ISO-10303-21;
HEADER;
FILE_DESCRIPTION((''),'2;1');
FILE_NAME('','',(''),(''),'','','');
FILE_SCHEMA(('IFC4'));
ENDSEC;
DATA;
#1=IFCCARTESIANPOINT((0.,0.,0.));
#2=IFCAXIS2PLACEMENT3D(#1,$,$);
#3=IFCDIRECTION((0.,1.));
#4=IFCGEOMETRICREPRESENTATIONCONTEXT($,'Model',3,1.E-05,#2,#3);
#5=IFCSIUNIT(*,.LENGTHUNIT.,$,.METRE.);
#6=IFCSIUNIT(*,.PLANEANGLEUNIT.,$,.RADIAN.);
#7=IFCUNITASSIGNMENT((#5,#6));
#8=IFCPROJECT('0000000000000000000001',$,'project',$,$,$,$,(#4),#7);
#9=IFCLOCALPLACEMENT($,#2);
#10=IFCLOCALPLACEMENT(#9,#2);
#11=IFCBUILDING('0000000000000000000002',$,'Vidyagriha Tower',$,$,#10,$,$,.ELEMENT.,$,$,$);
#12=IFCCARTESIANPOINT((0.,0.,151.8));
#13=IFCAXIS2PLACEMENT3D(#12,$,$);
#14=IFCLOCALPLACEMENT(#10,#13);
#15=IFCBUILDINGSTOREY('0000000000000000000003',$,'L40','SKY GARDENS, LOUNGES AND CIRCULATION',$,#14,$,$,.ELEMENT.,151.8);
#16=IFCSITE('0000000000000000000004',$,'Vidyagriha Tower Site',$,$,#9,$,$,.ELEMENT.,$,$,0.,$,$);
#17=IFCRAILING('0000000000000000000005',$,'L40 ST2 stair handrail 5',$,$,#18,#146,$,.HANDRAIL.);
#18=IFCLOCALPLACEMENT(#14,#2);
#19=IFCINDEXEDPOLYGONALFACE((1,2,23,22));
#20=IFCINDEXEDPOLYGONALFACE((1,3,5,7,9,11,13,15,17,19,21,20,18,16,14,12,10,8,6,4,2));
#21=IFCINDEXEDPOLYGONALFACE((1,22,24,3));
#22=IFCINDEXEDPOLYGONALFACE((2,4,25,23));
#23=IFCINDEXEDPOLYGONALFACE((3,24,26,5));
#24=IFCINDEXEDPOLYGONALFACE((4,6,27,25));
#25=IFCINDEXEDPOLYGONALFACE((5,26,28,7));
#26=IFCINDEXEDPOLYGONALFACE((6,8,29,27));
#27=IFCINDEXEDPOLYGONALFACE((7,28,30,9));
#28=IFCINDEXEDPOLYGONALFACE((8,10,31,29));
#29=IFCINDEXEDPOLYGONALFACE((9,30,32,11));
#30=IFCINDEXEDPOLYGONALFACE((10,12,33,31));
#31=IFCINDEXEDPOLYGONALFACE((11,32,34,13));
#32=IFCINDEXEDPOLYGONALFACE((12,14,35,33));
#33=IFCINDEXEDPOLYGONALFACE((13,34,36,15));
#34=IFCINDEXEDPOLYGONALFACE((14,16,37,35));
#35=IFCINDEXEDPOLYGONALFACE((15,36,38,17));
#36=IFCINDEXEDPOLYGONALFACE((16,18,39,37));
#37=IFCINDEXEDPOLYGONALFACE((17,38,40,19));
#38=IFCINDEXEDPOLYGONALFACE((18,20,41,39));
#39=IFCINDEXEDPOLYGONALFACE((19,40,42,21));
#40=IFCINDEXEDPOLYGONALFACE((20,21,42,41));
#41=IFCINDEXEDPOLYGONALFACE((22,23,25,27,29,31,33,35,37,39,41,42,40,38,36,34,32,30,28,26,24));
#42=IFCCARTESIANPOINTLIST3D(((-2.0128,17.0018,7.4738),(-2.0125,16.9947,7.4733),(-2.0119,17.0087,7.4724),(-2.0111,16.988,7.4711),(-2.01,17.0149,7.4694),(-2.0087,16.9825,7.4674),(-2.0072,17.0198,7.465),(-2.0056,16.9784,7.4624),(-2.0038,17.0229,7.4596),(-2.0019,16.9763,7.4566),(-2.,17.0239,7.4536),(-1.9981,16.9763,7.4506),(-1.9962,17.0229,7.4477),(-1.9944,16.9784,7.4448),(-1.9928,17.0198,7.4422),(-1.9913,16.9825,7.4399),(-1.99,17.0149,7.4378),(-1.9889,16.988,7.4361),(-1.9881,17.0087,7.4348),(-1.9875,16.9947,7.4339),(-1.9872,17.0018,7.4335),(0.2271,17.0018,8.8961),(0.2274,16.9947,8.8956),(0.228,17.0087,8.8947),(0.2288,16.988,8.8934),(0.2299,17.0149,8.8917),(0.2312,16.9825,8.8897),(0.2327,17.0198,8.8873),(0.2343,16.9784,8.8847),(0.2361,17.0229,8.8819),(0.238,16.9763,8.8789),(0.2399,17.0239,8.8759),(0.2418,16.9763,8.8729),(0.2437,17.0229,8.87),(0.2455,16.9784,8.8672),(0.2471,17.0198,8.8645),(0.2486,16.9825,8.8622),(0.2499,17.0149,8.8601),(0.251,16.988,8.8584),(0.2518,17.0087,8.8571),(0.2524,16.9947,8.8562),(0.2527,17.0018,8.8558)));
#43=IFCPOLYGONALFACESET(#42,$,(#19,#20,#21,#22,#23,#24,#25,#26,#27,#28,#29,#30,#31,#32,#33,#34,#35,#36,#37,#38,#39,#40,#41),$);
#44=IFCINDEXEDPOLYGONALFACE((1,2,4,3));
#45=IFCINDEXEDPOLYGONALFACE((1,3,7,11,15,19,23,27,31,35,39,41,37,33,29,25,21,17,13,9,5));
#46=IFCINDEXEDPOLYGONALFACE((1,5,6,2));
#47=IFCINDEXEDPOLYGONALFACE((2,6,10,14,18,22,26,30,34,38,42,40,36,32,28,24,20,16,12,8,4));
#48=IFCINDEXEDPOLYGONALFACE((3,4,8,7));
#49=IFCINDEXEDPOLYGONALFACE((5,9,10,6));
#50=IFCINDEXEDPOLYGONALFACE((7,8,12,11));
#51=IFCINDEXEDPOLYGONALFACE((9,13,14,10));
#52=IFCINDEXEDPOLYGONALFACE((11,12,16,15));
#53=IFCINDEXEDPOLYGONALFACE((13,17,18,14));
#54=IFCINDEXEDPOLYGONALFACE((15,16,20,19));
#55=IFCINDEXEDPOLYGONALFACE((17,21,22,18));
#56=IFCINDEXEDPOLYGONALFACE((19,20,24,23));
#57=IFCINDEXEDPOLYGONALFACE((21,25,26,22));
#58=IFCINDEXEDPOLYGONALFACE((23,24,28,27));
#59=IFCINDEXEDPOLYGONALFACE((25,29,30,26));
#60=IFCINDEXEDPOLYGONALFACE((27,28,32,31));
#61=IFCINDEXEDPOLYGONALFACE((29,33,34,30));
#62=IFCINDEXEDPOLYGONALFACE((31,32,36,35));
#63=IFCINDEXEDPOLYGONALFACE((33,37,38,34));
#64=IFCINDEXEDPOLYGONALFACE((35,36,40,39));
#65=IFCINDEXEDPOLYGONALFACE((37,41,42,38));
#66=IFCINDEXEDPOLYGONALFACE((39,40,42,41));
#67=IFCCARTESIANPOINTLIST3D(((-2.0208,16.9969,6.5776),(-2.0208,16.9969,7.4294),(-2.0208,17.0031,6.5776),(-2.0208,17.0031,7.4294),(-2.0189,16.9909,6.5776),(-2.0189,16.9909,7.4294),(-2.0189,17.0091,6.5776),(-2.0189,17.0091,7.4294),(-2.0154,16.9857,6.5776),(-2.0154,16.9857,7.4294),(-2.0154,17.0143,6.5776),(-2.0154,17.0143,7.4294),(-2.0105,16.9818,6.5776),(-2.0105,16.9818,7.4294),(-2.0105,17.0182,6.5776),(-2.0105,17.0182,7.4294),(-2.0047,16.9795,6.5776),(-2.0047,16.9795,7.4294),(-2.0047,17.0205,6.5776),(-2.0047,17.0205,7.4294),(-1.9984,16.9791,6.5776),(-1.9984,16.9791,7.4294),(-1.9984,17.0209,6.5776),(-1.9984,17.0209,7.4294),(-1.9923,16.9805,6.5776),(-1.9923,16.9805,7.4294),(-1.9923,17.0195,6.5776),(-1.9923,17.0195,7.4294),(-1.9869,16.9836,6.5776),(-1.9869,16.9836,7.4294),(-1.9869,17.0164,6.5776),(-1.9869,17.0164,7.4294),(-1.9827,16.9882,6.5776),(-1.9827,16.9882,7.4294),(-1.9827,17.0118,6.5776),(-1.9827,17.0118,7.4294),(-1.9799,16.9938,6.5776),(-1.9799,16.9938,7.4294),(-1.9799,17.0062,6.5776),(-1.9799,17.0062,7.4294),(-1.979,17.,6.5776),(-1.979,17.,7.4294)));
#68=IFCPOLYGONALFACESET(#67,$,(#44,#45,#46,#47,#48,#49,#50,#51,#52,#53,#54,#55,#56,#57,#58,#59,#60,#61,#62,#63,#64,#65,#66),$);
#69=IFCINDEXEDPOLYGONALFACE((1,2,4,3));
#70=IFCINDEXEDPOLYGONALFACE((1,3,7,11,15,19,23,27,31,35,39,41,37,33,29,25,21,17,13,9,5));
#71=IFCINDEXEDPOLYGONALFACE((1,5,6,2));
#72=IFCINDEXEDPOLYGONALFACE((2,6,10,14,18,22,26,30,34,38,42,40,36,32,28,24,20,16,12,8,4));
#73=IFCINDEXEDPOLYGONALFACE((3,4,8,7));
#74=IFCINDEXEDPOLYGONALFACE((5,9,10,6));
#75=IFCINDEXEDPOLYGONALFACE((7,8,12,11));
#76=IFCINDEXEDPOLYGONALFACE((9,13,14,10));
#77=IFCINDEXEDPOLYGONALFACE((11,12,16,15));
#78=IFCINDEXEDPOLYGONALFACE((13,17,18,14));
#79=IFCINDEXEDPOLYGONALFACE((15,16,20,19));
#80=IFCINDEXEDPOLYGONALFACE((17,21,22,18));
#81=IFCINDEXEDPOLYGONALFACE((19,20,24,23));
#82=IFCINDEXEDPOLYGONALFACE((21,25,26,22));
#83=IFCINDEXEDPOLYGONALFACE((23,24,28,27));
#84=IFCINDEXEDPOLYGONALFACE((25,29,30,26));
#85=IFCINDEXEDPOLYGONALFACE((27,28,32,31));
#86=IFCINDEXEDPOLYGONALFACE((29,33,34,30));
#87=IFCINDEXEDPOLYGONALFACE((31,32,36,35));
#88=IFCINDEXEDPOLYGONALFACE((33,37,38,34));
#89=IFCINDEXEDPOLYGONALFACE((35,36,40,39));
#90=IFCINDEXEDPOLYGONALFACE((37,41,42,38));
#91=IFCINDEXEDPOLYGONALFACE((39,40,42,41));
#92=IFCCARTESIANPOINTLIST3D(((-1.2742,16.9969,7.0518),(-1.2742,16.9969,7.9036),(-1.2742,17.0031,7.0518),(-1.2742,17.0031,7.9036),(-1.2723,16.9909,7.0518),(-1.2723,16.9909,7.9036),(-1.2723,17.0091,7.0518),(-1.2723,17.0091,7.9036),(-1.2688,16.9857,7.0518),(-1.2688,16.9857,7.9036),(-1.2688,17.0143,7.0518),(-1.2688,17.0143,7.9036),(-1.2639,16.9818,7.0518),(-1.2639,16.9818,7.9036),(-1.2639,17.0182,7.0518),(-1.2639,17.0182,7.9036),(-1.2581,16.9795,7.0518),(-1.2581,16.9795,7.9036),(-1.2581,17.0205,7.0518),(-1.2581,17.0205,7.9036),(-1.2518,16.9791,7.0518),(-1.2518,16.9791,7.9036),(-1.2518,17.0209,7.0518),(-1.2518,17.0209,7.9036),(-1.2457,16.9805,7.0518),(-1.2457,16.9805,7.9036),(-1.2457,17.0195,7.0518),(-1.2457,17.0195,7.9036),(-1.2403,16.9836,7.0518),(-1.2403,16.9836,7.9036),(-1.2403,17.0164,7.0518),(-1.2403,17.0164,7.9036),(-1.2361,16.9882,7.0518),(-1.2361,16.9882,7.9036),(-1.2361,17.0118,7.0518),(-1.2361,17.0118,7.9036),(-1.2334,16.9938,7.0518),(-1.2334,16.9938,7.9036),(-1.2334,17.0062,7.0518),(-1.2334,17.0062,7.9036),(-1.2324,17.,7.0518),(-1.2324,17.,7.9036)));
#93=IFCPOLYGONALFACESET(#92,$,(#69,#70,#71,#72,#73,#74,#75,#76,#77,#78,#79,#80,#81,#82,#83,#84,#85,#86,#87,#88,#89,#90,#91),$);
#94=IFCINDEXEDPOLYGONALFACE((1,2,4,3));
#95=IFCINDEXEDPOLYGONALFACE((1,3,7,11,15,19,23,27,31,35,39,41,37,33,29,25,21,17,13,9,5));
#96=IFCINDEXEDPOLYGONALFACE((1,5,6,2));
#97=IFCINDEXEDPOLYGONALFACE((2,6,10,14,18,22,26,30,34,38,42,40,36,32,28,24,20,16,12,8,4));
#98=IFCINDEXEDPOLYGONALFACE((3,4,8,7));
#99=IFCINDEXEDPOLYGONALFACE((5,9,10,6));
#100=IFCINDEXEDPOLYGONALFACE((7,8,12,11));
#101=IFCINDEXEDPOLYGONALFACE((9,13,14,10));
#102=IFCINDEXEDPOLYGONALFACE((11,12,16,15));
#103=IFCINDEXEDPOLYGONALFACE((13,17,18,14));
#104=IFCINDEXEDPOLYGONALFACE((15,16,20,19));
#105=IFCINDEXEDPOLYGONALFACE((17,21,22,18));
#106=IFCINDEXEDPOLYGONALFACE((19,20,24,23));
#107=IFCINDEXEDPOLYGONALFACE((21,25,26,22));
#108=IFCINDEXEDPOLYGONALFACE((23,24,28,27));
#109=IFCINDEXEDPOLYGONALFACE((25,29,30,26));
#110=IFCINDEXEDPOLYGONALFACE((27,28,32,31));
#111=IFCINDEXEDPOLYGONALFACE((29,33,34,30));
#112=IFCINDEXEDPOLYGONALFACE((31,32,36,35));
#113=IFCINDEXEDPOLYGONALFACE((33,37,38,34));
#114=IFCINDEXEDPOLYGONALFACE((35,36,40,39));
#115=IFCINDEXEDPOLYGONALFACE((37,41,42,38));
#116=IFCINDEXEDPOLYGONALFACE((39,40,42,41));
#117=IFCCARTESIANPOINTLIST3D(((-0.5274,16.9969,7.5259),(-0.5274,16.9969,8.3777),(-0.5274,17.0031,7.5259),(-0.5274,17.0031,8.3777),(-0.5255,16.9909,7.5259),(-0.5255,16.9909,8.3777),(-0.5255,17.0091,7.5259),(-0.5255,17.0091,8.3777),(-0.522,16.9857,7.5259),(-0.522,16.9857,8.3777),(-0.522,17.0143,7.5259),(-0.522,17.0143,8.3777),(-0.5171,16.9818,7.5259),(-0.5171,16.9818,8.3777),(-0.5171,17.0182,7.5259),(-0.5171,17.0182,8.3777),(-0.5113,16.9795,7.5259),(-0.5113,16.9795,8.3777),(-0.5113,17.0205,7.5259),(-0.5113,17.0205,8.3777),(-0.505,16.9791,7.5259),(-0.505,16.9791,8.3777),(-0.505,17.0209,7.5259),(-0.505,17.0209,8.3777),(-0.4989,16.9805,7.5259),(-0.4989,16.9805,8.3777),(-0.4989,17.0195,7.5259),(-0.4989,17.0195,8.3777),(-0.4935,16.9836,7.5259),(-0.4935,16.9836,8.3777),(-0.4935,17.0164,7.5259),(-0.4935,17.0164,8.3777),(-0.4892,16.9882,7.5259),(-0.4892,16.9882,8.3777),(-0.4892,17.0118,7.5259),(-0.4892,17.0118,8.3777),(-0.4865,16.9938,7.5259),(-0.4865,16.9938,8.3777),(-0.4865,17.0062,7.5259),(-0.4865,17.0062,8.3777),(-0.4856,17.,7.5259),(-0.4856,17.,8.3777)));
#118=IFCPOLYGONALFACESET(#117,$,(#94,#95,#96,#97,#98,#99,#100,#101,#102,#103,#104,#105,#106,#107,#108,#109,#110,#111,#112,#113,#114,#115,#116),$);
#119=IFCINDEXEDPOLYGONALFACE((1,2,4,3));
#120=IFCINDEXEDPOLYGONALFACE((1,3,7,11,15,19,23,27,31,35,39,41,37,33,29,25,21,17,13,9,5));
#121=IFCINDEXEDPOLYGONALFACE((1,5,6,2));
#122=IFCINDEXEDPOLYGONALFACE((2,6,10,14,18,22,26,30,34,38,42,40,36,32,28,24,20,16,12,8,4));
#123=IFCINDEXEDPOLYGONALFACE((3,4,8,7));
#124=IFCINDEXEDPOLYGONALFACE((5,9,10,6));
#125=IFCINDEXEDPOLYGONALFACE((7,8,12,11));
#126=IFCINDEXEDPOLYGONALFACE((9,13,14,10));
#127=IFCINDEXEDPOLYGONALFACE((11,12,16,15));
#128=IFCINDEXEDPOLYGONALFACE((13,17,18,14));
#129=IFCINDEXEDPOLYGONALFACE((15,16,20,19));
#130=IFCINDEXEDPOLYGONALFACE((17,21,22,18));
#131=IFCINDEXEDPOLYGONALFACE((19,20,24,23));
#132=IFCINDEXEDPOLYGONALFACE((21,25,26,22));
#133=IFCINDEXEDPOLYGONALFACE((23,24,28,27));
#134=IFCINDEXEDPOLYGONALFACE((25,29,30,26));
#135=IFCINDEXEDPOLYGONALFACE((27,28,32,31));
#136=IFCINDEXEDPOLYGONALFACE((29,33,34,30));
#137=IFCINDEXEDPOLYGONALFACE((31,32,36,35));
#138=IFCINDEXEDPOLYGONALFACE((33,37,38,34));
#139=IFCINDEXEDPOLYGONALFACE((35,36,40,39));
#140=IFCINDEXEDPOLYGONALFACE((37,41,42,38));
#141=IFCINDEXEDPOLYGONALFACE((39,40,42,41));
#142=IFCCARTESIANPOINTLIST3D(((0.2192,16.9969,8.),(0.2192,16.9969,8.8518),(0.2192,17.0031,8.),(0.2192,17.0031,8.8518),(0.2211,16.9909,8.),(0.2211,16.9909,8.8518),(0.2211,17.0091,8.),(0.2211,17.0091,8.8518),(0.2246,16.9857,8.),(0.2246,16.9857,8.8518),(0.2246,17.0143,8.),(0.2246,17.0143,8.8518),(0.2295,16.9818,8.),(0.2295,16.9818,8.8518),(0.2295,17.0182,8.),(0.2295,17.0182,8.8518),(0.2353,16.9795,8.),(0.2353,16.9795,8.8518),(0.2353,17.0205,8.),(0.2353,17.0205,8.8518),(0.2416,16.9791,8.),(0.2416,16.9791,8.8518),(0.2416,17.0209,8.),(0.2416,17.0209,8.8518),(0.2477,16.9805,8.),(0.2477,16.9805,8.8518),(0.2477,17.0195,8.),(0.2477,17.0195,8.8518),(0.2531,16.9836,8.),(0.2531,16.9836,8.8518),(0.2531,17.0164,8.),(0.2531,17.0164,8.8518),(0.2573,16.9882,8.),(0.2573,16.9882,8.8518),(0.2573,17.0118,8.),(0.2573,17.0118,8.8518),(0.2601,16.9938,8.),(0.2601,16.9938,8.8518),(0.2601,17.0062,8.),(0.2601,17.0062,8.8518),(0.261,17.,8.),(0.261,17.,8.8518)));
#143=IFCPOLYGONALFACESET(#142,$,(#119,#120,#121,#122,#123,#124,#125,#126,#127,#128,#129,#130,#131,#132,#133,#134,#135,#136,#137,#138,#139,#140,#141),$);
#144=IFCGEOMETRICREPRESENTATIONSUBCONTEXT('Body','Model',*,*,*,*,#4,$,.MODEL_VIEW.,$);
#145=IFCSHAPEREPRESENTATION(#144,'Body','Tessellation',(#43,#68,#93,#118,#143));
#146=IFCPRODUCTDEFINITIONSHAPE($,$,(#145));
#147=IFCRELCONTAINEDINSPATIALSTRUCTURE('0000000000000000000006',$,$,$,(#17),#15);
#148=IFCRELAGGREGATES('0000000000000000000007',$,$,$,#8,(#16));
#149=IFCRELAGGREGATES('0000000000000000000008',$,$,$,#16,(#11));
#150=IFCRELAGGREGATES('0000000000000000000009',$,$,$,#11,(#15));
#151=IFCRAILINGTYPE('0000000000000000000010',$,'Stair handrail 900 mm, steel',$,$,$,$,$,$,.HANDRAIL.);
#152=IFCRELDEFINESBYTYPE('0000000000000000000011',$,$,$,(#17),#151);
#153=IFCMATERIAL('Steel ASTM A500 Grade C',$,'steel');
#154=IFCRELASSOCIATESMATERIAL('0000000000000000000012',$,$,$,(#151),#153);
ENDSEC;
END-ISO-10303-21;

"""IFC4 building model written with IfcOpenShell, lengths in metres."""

from ifc_helpers import new_model, si_unit, direction, frame, origin, origin_2d, place, context, subcontext, project, spatial, circle, extrude, material, type_object, element, save


model = new_model("IFC4")

# Units and contexts
model_context = context("Model", 3, precision=1e-05, world=origin(), true_north=direction((0.0, 1.0)))
body_context = subcontext(model_context, "Body", "Model", "MODEL_VIEW")
ifc_project = project(units=[si_unit("LENGTHUNIT", "METRE"), si_unit("PLANEANGLEUNIT", "RADIAN")], contexts=[model_context])

# Site, building, storey
site_placement = place(None, origin())
site = spatial("IfcSite", under=ifc_project, at=site_placement, Name="Vidyagriha Tower Site", CompositionType="ELEMENT", RefElevation=0.0)
building_placement = place(site_placement, origin())
building = spatial("IfcBuilding", under=site, at=building_placement, Name="Vidyagriha Tower", CompositionType="ELEMENT")
storey_placement = place(building_placement, frame((0.0, 0.0, 151.8)))
storey = spatial("IfcBuildingStorey", under=building, at=storey_placement, Name="L40", Description="SKY GARDENS, LOUNGES AND CIRCULATION", CompositionType="ELEMENT", Elevation=151.8)

# Railing
ifc_material_1 = material(Name="Steel ASTM A500 Grade C", Category="steel")
railing_type = type_object("IfcRailingType", Name="Stair handrail 900 mm, steel", PredefinedType="HANDRAIL", material=ifc_material_1)
for number, where, name in (
    (1, (-2.0, 17.0, 6.5776), "L40 ST2 stair handrail 5"),
):
    element("IfcRailing", number, at=place(storey_placement, frame(where)), inside=storey, type_object=railing_type, Name=name, PredefinedType="HANDRAIL", context=body_context, shape_type="SweptSolid", body=[
        extrude(circle(Radius=0.0239, at=origin_2d()), frame((0.0, 0.0, 0.876), z_axis=(0.844188, 0.0, 0.536048), x_axis=(0.0, 1.0, 0.0)), (0.0, 0.0, 1.0), 2.6533),
        extrude(circle(Radius=0.021, at=origin_2d()), origin(), (0.0, 0.0, 1.0), 0.8518),
        extrude(circle(Radius=0.021, at=origin_2d()), frame((0.7466, 0.0, 0.4741)), (0.0, 0.0, 1.0), 0.8518),
        extrude(circle(Radius=0.021, at=origin_2d()), frame((1.4934, 0.0, 0.9482)), (0.0, 0.0, 1.0), 0.8518),
        extrude(circle(Radius=0.021, at=origin_2d()), frame((2.24, 0.0, 1.4224)), (0.0, 0.0, 1.0), 0.8518),
    ])

save(model, "model.ifc")
